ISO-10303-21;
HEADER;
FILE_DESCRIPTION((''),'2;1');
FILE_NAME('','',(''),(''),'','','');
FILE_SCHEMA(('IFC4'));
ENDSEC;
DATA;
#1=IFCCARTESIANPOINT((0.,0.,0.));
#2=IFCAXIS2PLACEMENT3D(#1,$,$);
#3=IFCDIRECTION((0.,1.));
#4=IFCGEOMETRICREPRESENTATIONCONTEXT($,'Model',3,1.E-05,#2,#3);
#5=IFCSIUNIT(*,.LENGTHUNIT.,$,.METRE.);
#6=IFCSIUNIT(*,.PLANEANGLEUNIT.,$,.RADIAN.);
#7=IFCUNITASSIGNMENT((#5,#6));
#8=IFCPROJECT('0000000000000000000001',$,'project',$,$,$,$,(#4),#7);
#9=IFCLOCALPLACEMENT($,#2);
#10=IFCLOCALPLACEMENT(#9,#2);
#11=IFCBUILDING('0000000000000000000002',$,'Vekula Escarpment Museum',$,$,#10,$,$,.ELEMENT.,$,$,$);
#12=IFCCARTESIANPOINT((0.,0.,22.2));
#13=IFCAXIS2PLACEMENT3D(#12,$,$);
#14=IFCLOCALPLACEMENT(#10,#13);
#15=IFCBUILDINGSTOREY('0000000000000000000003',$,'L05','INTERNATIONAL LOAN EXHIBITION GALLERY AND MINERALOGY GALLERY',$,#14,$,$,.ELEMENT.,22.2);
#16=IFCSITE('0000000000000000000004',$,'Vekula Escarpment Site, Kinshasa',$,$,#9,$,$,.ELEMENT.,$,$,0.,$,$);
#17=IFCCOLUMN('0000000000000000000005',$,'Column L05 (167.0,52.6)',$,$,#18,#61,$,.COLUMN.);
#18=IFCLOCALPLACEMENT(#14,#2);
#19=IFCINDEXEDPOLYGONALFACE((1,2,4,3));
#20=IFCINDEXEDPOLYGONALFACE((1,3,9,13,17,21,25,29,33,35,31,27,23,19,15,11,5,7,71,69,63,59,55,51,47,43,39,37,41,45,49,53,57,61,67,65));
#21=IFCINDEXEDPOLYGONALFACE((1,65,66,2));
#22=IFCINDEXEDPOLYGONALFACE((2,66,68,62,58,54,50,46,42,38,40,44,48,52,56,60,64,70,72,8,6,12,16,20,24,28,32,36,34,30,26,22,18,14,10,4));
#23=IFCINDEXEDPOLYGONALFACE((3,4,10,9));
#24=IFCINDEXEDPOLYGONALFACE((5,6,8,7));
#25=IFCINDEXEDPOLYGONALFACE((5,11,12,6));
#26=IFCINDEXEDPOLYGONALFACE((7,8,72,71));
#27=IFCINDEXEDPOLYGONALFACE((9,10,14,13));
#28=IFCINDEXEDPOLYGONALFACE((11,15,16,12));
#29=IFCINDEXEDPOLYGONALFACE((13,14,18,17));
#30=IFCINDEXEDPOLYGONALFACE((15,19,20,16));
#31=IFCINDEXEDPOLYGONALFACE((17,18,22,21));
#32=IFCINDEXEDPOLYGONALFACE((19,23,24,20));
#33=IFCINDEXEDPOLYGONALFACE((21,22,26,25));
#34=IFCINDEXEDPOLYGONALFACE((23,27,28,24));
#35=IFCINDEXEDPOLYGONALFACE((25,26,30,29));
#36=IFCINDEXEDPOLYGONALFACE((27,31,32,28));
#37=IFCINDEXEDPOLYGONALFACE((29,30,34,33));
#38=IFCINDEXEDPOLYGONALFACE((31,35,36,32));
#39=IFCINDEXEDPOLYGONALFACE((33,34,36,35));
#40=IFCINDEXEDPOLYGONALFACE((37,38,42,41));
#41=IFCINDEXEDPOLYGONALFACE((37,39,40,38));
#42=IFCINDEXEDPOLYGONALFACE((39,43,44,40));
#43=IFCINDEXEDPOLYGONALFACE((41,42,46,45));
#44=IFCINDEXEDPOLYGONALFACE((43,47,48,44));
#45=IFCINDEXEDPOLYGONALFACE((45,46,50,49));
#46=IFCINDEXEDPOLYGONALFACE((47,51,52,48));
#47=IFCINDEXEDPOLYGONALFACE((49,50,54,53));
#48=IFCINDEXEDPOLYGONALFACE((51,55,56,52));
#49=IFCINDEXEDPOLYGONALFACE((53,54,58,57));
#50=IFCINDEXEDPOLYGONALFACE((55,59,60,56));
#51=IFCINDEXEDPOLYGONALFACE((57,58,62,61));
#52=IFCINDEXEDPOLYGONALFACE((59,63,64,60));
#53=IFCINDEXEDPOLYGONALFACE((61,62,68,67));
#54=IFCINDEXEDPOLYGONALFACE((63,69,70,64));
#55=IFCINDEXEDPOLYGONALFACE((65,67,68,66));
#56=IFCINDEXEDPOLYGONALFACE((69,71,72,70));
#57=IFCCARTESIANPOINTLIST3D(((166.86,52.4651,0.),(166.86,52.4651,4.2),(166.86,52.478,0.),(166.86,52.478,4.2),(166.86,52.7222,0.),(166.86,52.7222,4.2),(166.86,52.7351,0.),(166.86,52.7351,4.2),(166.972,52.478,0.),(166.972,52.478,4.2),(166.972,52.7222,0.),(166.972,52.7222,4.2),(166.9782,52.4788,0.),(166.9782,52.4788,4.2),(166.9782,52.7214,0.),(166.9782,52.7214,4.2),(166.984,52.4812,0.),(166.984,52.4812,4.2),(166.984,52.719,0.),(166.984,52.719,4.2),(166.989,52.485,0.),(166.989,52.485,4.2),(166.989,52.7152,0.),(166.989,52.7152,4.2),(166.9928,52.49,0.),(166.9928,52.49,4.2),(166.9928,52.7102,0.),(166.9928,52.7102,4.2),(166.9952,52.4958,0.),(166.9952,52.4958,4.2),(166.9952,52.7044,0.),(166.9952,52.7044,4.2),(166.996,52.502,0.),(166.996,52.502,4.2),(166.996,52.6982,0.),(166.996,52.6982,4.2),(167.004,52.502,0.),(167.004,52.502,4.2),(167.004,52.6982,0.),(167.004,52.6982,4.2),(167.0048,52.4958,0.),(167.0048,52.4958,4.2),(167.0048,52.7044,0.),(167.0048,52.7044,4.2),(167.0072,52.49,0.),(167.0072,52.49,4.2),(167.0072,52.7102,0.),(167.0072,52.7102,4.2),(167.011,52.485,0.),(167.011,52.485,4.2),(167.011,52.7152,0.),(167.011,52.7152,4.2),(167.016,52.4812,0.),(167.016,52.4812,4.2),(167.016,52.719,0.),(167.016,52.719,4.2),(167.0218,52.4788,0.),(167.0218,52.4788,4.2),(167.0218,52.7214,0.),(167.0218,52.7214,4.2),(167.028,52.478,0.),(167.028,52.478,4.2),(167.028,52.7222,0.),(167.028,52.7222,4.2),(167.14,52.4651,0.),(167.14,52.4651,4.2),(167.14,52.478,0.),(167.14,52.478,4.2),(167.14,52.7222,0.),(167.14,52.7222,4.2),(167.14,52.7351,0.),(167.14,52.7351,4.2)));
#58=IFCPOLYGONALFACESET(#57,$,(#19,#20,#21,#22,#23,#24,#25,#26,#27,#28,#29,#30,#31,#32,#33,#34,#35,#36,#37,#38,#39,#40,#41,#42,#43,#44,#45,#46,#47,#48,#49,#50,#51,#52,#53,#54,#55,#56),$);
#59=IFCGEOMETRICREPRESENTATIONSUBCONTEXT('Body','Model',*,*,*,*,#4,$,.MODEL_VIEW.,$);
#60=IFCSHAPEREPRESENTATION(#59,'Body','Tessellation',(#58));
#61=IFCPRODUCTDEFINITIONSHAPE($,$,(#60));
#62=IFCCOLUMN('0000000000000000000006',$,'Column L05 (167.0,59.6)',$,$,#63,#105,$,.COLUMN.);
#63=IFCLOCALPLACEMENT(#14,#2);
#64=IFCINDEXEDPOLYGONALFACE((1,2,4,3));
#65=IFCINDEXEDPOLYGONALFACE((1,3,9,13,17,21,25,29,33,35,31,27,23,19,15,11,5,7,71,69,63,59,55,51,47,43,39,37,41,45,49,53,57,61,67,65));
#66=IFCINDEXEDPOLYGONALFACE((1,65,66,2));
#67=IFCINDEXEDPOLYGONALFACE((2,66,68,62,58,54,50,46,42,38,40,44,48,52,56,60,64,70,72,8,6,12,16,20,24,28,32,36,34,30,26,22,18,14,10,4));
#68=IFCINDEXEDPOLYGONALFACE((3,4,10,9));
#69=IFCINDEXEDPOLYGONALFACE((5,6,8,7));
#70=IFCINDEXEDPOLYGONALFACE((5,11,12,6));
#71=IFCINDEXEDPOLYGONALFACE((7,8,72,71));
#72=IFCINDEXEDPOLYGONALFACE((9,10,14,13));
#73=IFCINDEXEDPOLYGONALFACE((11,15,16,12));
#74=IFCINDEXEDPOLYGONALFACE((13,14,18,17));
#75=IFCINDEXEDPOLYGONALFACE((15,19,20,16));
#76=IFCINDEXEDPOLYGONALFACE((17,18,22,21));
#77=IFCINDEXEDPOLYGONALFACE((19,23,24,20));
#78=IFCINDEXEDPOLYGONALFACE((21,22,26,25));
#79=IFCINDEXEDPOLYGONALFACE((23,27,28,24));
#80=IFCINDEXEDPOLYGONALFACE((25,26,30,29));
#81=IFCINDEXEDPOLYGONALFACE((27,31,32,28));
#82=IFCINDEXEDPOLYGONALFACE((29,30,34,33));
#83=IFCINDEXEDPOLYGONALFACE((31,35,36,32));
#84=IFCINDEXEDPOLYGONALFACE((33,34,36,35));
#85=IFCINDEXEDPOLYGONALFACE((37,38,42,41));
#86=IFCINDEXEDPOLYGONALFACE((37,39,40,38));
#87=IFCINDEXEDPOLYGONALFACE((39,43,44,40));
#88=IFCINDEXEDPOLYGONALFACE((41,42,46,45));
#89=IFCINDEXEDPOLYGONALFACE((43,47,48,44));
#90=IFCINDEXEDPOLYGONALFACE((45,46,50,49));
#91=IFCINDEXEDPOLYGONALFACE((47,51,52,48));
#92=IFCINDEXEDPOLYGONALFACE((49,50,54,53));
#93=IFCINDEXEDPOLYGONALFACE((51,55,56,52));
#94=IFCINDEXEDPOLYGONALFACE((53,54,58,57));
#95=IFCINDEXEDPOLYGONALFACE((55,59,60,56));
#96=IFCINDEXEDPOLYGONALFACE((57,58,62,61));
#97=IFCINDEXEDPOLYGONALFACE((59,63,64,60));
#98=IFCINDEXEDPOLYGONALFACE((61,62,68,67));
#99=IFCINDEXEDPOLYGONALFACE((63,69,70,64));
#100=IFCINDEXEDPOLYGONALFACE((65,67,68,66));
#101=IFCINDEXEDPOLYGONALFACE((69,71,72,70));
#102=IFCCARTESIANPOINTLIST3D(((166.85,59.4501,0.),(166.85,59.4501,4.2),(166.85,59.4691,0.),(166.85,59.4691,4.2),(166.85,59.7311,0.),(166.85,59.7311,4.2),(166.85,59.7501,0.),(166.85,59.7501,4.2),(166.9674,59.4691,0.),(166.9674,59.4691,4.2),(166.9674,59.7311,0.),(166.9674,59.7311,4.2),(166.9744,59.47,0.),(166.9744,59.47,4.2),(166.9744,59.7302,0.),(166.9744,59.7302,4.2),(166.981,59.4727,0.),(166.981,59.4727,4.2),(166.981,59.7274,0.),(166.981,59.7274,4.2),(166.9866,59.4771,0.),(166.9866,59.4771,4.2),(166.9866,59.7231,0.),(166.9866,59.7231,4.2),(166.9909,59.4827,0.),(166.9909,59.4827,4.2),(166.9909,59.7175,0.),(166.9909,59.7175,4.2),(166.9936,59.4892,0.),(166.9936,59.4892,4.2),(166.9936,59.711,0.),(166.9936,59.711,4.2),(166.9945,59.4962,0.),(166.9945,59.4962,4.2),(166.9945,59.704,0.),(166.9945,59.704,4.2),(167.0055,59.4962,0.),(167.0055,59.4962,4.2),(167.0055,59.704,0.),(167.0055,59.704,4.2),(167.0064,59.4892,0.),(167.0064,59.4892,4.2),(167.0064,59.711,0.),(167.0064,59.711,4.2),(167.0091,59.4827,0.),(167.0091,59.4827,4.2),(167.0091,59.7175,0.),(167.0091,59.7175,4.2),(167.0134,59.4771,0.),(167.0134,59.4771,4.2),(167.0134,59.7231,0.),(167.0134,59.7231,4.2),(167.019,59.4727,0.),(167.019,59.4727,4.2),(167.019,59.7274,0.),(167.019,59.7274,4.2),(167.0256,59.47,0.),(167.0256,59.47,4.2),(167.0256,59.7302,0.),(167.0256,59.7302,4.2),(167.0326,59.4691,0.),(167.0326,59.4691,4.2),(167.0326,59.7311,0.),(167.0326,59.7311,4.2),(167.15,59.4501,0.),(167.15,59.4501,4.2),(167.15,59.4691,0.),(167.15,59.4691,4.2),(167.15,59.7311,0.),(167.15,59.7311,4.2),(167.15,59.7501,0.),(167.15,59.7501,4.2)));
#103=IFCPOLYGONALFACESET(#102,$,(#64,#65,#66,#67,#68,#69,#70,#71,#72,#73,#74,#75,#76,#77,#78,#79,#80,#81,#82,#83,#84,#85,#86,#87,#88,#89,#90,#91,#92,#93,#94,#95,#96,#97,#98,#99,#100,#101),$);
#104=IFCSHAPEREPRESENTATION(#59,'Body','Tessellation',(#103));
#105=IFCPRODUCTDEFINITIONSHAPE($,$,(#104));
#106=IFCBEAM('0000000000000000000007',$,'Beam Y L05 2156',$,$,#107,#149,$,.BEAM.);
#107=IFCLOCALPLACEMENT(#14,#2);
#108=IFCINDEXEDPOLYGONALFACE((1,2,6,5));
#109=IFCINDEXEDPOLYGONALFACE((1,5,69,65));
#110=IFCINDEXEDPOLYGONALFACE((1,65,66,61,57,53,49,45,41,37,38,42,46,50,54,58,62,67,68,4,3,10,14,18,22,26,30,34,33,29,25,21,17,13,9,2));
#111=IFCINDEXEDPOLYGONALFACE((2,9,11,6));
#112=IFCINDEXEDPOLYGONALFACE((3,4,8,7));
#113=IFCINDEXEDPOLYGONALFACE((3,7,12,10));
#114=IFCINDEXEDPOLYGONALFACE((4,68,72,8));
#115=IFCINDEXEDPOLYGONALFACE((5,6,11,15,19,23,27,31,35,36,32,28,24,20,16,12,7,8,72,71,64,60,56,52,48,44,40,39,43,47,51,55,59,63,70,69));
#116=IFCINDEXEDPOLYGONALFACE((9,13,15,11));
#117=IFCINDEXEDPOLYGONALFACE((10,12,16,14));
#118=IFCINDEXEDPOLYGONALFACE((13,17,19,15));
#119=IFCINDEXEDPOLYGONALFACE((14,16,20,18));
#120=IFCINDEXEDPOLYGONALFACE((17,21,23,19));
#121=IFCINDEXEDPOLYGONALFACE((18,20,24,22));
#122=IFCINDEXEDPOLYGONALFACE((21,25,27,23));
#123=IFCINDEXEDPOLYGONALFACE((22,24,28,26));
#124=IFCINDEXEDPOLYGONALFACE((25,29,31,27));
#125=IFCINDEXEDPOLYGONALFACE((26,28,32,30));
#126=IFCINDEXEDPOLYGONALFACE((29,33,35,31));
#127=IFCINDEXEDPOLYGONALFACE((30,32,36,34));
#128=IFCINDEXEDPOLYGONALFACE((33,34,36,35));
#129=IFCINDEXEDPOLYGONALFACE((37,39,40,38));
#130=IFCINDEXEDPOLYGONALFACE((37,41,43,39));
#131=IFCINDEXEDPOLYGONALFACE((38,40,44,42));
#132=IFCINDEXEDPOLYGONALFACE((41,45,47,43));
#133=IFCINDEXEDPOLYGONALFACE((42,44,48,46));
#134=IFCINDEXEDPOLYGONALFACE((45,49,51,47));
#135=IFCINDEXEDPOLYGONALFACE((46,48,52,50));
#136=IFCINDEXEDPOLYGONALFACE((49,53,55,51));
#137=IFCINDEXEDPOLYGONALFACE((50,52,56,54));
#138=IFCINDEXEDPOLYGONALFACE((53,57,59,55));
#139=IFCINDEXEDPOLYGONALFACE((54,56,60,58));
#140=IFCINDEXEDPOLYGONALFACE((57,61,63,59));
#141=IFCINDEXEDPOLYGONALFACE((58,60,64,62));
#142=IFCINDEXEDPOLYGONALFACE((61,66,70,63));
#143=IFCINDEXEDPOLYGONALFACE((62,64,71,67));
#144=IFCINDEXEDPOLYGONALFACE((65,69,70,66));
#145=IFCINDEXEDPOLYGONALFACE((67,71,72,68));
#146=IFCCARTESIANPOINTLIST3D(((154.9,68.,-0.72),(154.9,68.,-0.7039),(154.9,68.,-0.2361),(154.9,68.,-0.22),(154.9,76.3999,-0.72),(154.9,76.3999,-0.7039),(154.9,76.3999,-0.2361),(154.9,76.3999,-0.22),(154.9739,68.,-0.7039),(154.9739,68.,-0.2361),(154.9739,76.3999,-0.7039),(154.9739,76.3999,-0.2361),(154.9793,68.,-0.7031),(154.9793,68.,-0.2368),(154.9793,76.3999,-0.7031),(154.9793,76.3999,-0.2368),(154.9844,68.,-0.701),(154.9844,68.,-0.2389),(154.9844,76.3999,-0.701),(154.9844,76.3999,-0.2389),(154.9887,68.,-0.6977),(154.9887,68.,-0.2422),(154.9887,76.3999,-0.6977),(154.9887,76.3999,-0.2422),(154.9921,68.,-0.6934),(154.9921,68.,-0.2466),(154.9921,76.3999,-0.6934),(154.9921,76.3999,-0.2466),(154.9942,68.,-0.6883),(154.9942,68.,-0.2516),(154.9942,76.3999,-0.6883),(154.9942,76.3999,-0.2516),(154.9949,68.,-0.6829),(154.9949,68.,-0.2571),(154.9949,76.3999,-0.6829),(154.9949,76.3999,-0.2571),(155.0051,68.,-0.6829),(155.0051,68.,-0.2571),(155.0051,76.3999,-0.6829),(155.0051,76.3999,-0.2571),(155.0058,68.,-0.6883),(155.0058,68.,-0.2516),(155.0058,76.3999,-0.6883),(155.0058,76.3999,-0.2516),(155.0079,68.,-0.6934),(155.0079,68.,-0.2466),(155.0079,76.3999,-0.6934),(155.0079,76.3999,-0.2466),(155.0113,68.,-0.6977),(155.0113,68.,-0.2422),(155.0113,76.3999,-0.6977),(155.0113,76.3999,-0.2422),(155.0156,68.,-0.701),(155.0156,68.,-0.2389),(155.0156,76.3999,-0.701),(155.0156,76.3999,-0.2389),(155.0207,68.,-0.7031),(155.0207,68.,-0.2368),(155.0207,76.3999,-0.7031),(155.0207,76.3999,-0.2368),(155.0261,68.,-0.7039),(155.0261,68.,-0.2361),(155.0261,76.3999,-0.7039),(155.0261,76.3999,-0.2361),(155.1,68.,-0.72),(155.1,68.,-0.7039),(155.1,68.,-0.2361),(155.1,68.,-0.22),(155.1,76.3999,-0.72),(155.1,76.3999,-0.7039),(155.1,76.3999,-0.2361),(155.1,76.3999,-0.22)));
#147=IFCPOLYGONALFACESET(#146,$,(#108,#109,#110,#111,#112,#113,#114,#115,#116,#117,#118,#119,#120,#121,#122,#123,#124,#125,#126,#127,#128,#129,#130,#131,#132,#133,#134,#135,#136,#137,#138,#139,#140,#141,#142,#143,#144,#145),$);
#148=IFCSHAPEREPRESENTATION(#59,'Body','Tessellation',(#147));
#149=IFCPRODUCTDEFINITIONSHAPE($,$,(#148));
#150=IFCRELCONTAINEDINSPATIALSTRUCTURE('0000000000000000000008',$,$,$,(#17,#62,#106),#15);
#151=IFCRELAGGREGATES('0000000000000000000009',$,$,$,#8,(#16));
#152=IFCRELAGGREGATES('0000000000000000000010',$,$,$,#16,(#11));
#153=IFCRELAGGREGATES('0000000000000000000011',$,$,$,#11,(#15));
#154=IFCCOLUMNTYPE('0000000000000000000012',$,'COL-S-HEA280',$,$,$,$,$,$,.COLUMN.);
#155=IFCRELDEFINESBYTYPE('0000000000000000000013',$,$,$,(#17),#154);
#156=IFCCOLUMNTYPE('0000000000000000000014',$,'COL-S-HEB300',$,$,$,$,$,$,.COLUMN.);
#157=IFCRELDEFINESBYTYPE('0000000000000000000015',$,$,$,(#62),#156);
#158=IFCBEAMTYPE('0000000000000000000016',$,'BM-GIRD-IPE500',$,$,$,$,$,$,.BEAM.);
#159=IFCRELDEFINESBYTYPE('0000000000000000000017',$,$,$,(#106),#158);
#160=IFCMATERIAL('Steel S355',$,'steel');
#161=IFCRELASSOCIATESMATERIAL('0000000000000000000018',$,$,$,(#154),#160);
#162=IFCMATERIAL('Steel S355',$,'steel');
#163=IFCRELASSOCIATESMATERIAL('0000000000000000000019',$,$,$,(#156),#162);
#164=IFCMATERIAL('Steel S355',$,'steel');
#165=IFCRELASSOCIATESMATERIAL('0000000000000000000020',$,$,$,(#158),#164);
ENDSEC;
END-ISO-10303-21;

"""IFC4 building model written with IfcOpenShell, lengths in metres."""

from ifc_helpers import new_model, si_unit, direction, frame, origin, origin_2d, place, context, subcontext, project, spatial, i_section, extrude, material, material_profile, profile_set, type_object, element, save


model = new_model("IFC4")

# Units and contexts
model_context = context("Model", 3, precision=1e-05, world=origin(), true_north=direction((0.0, 1.0)))
body_context = subcontext(model_context, "Body", "Model", "MODEL_VIEW")
ifc_project = project(units=[si_unit("LENGTHUNIT", "METRE"), si_unit("PLANEANGLEUNIT", "RADIAN")], contexts=[model_context])

# Site, building, storey
site_placement = place(None, origin())
site = spatial("IfcSite", under=ifc_project, at=site_placement, Name="Vekula Escarpment Site, Kinshasa", CompositionType="ELEMENT", RefElevation=0.0)
building_placement = place(site_placement, origin())
building = spatial("IfcBuilding", under=site, at=building_placement, Name="Vekula Escarpment Museum", CompositionType="ELEMENT")
storey_placement = place(building_placement, frame((0.0, 0.0, 22.2)))
storey = spatial("IfcBuildingStorey", under=building, at=storey_placement, Name="L05", Description="INTERNATIONAL LOAN EXHIBITION GALLERY AND MINERALOGY GALLERY", CompositionType="ELEMENT", Elevation=22.2)

# Columns
ifc_material_1 = material(Name="Steel S355", Category="steel")
ifc_material_profile_1 = material_profile(ifc_material_1, i_section(OverallWidth=0.28, OverallDepth=0.27, WebThickness=0.0081, FlangeThickness=0.0129, FilletRadius=0.0239, at=origin_2d()), Name="HEA 280")
ifc_profile_set_1 = profile_set([ifc_material_profile_1], Name="Steel S355")
column_type_1 = type_object("IfcColumnType", Name="COL-S-HEA280", PredefinedType="COLUMN", material=ifc_profile_set_1)
column_1_placement = place(storey_placement, frame((167.0, 52.6001, 0.0), z_axis=(0.0, 0.0, 1.0), x_axis=(1.0, 0.0, 0.0)))
element("IfcColumn", 1, at=column_1_placement, inside=storey, type_object=column_type_1, Name="Column L05 (167.0,52.6)", PredefinedType="COLUMN", context=body_context, shape_type="SweptSolid", body=[
    extrude(i_section(OverallWidth=0.28, OverallDepth=0.27, WebThickness=0.0081, FlangeThickness=0.0129, FilletRadius=0.0239, at=origin_2d()), origin(), (0.0, 0.0, 1.0), 4.2),
])
ifc_material_2 = material(Name="Steel S355", Category="steel")
ifc_material_profile_2 = material_profile(ifc_material_2, i_section(OverallWidth=0.3, OverallDepth=0.3, WebThickness=0.011, FlangeThickness=0.019, FilletRadius=0.0271, at=origin_2d()), Name="HEB 300")
ifc_profile_set_2 = profile_set([ifc_material_profile_2], Name="Steel S355")
column_type_2 = type_object("IfcColumnType", Name="COL-S-HEB300", PredefinedType="COLUMN", material=ifc_profile_set_2)
column_2_placement = place(storey_placement, frame((167.0, 59.6001, 0.0), z_axis=(0.0, 0.0, 1.0), x_axis=(1.0, 0.0, 0.0)))
element("IfcColumn", 2, at=column_2_placement, inside=storey, type_object=column_type_2, Name="Column L05 (167.0,59.6)", PredefinedType="COLUMN", context=body_context, shape_type="SweptSolid", body=[
    extrude(i_section(OverallWidth=0.3, OverallDepth=0.3, WebThickness=0.011, FlangeThickness=0.019, FilletRadius=0.0271, at=origin_2d()), origin(), (0.0, 0.0, 1.0), 4.2),
])

# Beam
ifc_material_3 = material(Name="Steel S355", Category="steel")
ifc_material_profile_3 = material_profile(ifc_material_3, i_section(OverallWidth=0.2, OverallDepth=0.5, WebThickness=0.0103, FlangeThickness=0.0161, FilletRadius=0.021, at=origin_2d()), Name="IPE 500")
ifc_profile_set_3 = profile_set([ifc_material_profile_3], Name="Steel S355")
beam_type_1 = type_object("IfcBeamType", Name="BM-GIRD-IPE500", PredefinedType="BEAM", material=ifc_profile_set_3)
beam_1_placement = place(storey_placement, frame((155.0, 68.0, -0.47), z_axis=(0.0, 1.0, 0.0), x_axis=(-1.0, 0.0, 0.0)))
element("IfcBeam", 3, at=beam_1_placement, inside=storey, type_object=beam_type_1, Name="Beam Y L05 2156", PredefinedType="BEAM", context=body_context, shape_type="SweptSolid", body=[
    extrude(i_section(OverallWidth=0.2, OverallDepth=0.5, WebThickness=0.0103, FlangeThickness=0.0161, FilletRadius=0.021, at=origin_2d()), origin(), (0.0, 0.0, 1.0), 8.3999),
])

save(model, "model.ifc")
